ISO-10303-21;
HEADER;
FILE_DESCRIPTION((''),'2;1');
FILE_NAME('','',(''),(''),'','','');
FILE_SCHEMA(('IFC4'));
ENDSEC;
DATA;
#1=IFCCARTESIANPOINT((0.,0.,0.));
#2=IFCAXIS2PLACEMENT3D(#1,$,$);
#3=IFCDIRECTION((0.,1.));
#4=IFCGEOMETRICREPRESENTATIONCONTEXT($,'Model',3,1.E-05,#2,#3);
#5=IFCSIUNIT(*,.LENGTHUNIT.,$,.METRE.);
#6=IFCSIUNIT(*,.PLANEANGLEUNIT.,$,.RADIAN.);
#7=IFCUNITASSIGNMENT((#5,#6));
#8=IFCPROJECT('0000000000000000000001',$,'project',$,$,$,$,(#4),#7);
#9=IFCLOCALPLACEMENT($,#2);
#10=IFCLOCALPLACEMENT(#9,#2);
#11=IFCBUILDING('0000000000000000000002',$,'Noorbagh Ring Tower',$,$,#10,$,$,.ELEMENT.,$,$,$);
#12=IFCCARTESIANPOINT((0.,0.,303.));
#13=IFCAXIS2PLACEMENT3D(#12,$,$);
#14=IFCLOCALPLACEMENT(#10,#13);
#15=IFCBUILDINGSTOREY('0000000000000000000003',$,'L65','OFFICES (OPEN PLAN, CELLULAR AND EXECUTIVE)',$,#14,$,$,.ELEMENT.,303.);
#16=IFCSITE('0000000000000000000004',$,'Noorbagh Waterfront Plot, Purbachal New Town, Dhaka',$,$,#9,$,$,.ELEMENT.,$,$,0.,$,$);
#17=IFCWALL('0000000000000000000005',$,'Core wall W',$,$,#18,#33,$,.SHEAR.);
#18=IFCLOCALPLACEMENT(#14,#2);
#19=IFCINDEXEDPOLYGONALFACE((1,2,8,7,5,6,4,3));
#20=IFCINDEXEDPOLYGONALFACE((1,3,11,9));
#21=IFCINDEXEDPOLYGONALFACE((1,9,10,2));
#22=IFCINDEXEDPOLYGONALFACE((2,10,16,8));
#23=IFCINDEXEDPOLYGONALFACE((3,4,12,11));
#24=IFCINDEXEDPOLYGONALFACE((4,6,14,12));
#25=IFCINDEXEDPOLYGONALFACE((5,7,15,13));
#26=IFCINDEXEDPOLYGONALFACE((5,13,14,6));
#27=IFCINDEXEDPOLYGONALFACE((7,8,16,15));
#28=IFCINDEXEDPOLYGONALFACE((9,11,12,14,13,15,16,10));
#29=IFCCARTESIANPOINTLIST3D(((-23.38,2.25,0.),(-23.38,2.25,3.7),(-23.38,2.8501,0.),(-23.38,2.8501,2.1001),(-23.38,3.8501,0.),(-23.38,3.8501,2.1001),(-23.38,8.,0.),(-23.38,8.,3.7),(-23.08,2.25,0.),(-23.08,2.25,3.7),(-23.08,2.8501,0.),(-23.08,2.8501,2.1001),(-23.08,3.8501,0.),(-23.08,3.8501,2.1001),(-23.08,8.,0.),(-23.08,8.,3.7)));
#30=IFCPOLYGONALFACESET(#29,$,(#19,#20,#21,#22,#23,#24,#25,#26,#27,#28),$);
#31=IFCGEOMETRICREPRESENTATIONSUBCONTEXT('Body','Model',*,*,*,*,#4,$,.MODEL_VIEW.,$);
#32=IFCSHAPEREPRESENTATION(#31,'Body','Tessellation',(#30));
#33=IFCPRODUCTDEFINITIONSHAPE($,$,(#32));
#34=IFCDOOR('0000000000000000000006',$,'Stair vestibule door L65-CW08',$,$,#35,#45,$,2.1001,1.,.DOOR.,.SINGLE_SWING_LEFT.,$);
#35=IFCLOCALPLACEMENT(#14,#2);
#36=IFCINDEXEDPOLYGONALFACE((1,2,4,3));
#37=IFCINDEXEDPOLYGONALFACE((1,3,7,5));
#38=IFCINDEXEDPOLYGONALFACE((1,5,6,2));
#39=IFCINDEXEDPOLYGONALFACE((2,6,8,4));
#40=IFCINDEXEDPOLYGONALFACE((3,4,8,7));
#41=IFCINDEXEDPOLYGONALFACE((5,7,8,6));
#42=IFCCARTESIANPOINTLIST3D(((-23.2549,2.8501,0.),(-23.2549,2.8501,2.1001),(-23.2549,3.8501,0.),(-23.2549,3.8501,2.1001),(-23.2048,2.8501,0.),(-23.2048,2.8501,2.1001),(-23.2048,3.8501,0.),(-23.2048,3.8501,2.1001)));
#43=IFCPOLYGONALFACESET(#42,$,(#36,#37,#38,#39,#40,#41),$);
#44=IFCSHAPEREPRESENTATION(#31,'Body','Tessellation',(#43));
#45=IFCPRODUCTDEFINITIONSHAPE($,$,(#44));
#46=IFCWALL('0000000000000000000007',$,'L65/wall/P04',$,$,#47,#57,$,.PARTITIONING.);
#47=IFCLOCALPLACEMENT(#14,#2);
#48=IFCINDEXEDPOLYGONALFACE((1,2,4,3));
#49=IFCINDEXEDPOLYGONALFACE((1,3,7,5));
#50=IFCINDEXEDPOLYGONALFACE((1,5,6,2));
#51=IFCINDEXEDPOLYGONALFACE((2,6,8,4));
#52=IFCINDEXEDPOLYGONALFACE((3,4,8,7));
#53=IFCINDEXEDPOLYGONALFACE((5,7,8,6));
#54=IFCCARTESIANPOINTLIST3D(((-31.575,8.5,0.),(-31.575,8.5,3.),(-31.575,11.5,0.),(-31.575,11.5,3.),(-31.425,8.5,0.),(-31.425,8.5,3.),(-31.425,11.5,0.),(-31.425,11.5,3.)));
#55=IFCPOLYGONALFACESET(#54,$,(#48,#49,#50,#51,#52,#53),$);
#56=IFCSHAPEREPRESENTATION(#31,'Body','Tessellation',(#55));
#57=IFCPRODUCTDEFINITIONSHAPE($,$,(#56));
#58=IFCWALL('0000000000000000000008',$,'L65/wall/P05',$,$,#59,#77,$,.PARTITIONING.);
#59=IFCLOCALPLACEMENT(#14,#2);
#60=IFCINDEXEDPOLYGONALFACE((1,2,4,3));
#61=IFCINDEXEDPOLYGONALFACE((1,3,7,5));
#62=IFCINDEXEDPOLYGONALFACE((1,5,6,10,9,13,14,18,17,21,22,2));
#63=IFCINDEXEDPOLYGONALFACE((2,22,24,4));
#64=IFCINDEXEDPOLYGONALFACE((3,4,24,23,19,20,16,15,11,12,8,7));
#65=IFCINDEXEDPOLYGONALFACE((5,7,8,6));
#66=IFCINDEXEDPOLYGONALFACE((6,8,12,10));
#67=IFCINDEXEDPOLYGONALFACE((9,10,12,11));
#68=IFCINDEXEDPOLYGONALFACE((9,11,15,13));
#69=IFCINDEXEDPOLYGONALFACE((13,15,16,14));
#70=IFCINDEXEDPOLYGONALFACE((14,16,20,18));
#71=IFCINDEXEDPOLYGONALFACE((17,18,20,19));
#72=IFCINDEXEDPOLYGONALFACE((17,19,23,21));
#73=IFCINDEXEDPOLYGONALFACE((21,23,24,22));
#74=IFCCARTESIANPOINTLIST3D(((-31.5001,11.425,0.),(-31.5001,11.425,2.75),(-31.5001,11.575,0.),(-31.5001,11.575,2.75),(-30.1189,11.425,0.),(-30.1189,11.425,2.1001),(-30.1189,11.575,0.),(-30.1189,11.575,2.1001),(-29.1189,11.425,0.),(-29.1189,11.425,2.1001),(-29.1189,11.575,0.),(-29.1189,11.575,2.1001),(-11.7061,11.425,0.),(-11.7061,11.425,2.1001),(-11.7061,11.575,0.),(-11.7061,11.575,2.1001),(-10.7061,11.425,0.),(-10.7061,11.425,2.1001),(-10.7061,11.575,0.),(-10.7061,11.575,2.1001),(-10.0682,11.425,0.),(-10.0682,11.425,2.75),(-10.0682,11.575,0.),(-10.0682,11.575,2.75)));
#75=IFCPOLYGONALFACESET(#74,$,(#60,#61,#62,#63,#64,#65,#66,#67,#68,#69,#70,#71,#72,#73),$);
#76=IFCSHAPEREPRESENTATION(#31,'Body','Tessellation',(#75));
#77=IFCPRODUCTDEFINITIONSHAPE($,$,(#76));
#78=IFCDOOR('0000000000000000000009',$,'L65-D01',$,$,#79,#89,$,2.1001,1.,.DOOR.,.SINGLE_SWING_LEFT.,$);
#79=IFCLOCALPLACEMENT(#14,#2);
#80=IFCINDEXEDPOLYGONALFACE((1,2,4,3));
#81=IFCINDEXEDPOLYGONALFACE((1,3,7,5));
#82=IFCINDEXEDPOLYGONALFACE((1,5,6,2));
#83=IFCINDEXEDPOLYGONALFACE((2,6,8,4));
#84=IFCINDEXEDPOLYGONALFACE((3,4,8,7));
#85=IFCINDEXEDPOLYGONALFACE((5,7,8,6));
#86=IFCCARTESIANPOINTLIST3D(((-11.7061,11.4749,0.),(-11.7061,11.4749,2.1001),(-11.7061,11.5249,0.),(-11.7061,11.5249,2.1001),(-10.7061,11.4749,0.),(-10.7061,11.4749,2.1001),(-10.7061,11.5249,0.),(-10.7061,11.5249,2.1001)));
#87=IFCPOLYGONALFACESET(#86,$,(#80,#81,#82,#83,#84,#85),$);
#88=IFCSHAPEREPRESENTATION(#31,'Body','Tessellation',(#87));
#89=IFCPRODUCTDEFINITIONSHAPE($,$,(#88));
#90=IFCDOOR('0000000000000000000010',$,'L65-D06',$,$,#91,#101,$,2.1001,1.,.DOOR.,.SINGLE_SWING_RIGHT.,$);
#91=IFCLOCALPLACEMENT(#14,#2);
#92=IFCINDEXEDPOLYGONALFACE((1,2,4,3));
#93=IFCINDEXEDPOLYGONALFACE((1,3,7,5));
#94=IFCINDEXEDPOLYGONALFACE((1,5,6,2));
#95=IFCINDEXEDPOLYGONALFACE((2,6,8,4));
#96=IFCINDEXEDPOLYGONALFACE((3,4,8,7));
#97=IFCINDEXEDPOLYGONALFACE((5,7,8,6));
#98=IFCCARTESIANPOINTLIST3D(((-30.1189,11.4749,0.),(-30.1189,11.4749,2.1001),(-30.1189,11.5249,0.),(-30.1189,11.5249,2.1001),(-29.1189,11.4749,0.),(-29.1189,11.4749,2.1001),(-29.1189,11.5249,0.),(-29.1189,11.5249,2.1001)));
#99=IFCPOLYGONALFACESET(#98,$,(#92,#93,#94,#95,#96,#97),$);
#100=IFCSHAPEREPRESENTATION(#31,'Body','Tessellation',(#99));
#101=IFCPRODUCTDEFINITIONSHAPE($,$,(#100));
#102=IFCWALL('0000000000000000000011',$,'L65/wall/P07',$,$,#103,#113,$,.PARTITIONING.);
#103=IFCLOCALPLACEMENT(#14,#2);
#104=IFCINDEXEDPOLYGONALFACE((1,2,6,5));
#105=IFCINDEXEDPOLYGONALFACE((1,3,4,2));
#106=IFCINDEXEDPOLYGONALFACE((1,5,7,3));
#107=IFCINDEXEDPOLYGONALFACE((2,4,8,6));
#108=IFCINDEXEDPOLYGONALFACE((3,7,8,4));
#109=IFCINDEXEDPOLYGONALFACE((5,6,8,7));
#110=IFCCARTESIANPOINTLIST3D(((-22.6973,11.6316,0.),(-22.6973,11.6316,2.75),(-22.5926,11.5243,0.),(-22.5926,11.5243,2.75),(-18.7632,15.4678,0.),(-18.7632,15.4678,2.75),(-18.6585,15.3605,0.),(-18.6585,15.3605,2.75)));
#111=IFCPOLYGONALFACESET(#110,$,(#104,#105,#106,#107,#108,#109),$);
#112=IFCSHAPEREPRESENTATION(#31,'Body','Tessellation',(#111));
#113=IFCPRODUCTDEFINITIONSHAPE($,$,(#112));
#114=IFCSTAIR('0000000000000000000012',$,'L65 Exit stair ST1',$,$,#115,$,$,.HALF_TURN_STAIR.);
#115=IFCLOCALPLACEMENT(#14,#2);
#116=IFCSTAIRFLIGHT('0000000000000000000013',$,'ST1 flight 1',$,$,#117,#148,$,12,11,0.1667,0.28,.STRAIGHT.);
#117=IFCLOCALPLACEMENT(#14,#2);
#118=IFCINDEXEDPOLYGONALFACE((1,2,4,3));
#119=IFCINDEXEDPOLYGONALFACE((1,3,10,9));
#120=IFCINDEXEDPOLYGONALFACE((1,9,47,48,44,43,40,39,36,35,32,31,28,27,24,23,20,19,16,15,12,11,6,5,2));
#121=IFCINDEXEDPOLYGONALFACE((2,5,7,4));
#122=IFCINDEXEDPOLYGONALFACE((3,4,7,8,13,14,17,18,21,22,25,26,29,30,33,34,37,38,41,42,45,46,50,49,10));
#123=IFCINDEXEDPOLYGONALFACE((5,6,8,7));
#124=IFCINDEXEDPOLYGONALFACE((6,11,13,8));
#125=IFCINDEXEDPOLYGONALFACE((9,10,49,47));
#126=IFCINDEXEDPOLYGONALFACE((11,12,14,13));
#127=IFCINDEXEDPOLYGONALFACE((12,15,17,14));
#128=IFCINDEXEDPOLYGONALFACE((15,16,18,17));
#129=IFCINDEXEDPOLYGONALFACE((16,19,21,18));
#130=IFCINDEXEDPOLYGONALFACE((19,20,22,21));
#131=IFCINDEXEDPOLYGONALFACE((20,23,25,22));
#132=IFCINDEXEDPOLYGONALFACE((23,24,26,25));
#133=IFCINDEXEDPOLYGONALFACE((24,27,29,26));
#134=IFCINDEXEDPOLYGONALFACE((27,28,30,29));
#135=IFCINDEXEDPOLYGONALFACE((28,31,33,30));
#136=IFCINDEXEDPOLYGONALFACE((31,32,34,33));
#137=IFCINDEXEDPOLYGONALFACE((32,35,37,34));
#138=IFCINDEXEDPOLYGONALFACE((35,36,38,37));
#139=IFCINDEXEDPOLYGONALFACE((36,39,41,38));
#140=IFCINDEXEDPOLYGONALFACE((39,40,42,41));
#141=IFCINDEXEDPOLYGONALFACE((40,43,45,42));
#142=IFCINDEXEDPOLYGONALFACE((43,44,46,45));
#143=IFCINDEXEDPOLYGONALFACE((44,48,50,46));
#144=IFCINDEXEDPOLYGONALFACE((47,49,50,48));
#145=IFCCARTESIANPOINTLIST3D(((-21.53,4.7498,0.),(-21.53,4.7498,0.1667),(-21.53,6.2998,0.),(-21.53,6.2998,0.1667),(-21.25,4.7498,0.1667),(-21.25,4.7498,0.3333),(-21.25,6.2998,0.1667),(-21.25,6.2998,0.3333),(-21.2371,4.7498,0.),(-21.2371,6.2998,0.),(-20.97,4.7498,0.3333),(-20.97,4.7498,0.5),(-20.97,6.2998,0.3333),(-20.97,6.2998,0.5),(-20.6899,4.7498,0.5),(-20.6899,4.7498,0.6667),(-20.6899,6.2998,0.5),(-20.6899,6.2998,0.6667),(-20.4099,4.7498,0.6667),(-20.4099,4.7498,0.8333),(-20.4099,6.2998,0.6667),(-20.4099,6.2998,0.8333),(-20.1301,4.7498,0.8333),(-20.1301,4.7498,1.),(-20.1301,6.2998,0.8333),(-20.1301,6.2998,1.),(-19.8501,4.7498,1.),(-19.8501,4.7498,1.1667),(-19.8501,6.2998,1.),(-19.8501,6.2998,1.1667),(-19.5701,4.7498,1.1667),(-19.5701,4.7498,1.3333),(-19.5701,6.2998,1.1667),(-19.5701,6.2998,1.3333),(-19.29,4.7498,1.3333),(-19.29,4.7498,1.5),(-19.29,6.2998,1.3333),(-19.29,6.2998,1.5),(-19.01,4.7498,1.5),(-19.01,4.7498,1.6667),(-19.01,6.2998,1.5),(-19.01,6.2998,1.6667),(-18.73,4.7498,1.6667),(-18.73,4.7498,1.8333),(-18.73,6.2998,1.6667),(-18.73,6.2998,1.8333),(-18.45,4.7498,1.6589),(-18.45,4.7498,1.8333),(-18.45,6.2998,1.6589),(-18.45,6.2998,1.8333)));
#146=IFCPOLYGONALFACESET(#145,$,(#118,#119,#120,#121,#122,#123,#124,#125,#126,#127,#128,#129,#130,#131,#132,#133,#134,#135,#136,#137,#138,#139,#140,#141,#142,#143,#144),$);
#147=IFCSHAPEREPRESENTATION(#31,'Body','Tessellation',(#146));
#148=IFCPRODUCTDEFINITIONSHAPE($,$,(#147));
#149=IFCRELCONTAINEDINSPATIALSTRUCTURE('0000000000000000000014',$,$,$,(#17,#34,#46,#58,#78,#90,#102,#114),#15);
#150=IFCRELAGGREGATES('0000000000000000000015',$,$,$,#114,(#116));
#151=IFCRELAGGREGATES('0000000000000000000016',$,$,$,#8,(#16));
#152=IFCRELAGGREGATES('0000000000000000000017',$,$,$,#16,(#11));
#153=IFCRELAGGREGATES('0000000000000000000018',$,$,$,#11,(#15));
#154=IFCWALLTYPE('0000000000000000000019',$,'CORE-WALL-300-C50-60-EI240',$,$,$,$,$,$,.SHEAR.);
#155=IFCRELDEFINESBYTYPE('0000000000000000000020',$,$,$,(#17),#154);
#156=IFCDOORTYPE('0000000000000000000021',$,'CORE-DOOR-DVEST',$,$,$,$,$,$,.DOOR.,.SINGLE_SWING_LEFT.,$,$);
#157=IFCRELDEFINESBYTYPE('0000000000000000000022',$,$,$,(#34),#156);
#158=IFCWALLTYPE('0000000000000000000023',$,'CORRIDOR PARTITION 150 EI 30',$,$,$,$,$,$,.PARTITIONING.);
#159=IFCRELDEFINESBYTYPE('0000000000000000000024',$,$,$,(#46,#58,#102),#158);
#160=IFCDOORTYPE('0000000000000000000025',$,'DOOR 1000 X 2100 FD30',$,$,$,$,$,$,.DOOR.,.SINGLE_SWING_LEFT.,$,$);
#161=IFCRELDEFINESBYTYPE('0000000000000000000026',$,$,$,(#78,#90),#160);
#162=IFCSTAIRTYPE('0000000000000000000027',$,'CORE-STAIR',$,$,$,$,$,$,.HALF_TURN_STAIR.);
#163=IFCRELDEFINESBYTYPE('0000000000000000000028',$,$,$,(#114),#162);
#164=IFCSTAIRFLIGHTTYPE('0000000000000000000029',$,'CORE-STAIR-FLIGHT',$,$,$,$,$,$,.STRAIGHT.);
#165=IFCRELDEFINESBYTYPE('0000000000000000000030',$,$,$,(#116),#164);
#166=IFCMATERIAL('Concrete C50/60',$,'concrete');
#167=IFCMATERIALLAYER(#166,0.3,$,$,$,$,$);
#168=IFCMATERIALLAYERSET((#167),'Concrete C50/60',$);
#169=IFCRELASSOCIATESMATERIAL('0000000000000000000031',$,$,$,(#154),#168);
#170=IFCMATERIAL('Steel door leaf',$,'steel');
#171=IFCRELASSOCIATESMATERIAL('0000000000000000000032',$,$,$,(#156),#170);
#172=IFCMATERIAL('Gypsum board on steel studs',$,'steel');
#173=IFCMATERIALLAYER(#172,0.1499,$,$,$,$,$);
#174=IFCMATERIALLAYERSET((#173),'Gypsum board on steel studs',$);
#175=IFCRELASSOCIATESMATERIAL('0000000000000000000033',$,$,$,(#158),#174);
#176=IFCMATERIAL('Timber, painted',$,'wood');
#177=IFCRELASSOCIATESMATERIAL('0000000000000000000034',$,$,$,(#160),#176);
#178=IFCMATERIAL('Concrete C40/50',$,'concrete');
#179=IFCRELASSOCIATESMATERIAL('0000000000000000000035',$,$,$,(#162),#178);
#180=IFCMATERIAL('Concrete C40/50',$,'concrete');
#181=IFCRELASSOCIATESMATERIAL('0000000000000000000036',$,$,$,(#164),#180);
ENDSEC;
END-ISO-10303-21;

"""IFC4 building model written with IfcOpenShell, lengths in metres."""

from ifc_helpers import new_model, si_unit, direction, frame, frame_2d, origin, place, context, subcontext, project, spatial, polyline, rectangle, outline, extrude, material, layer, layer_set, type_object, element, fill, aggregate, save


model = new_model("IFC4")

# Units and contexts
model_context = context("Model", 3, precision=1e-05, world=origin(), true_north=direction((0.0, 1.0)))
body_context = subcontext(model_context, "Body", "Model", "MODEL_VIEW")
ifc_project = project(units=[si_unit("LENGTHUNIT", "METRE"), si_unit("PLANEANGLEUNIT", "RADIAN")], contexts=[model_context])

# Site, building, storey
site_placement = place(None, origin())
site = spatial("IfcSite", under=ifc_project, at=site_placement, Name="Noorbagh Waterfront Plot, Purbachal New Town, Dhaka", CompositionType="ELEMENT", RefElevation=0.0)
building_placement = place(site_placement, origin())
building = spatial("IfcBuilding", under=site, at=building_placement, Name="Noorbagh Ring Tower", CompositionType="ELEMENT")
storey_placement = place(building_placement, frame((0.0, 0.0, 303.0)))
storey = spatial("IfcBuildingStorey", under=building, at=storey_placement, Name="L65", Description="OFFICES (OPEN PLAN, CELLULAR AND EXECUTIVE)", CompositionType="ELEMENT", Elevation=303.0)

# Shared definitions
ifc_material_1 = material(Name="Concrete C50/60", Category="concrete")
ifc_layer_1 = layer(ifc_material_1, 0.3)
ifc_layer_set_1 = layer_set([ifc_layer_1], Name="Concrete C50/60")
wall_type_1 = type_object("IfcWallType", Name="CORE-WALL-300-C50-60-EI240", PredefinedType="SHEAR", material=ifc_layer_set_1)

# Wall, opening, door
wall_1_placement = place(storey_placement, frame((-23.23, 2.25, 0.0), z_axis=(0.0, 0.0, 1.0), x_axis=(0.0, 1.0, 0.0)))
wall_1 = element("IfcWall", 1, at=wall_1_placement, inside=storey, type_object=wall_type_1, Name="Core wall W", PredefinedType="SHEAR", context=body_context, shape_type="SweptSolid", body=[
    extrude(rectangle(XDim=5.75, YDim=0.3, at=frame_2d((2.875, 0.0))), origin(), (0.0, 0.0, 1.0), 3.7),
])
opening_1_placement = place(wall_1_placement, frame((0.6001, 0.0, 0.0)))
opening_1 = element("IfcOpeningElement", 2, at=opening_1_placement, cuts=wall_1, PredefinedType="OPENING", context=body_context, shape_type="SweptSolid", body=[
    extrude(rectangle(XDim=1.0, YDim=2.1001, at=frame_2d((0.5, 1.05))), frame((0.0, 0.1602, 0.0), z_axis=(0.0, -1.0, 0.0), x_axis=(1.0, 0.0, 0.0)), (0.0, 0.0, 1.0), 0.3201),
])
ifc_material_2 = material(Name="Steel door leaf", Category="steel")
door_type_1 = type_object("IfcDoorType", Name="CORE-DOOR-DVEST", OperationType="SINGLE_SWING_LEFT", PredefinedType="DOOR", material=ifc_material_2)
door_1_placement = place(opening_1_placement, origin())
door_1 = element("IfcDoor", 3, at=door_1_placement, inside=storey, type_object=door_type_1, Name="Stair vestibule door L65-CW08", OperationType="SINGLE_SWING_LEFT", OverallHeight=2.1001, OverallWidth=1.0, PredefinedType="DOOR", context=body_context, shape_type="SweptSolid", body=[
    extrude(rectangle(XDim=1.0, YDim=2.1001, at=frame_2d((0.5, 1.05))), frame((0.0, 0.0249, 0.0), z_axis=(0.0, -1.0, 0.0), x_axis=(1.0, 0.0, 0.0)), (0.0, 0.0, 1.0), 0.05),
])
fill(opening_1, door_1)

# Wall
ifc_material_3 = material(Name="Gypsum board on steel studs", Category="steel")
ifc_layer_2 = layer(ifc_material_3, 0.1499)
ifc_layer_set_2 = layer_set([ifc_layer_2], Name="Gypsum board on steel studs")
wall_type_2 = type_object("IfcWallType", Name="CORRIDOR PARTITION 150 EI 30", PredefinedType="PARTITIONING", material=ifc_layer_set_2)
wall_2_placement = place(storey_placement, frame((-31.5, 8.5, 0.0), z_axis=(0.0, 0.0, 1.0), x_axis=(0.0, 1.0, 0.0)))
element("IfcWall", 4, at=wall_2_placement, inside=storey, type_object=wall_type_2, Name="L65/wall/P04", PredefinedType="PARTITIONING", context=body_context, shape_type="SweptSolid", body=[
    extrude(rectangle(XDim=3.0, YDim=0.1499, at=frame_2d((1.5, 0.0))), origin(), (0.0, 0.0, 1.0), 3.0),
])

# Wall, openings, doors
wall_3_placement = place(storey_placement, frame((-31.5, 11.5, 0.0), z_axis=(0.0, 0.0, 1.0), x_axis=(1.0, 0.0, 0.0)))
wall_3 = element("IfcWall", 5, at=wall_3_placement, inside=storey, type_object=wall_type_2, Name="L65/wall/P05", PredefinedType="PARTITIONING", context=body_context, shape_type="SweptSolid", body=[
    extrude(rectangle(XDim=21.4319, YDim=0.1499, at=frame_2d((10.7158, 0.0))), origin(), (0.0, 0.0, 1.0), 2.75),
])
opening_2_placement = place(wall_3_placement, frame((19.7939, 0.0, 0.0)))
opening_2 = element("IfcOpeningElement", 6, at=opening_2_placement, cuts=wall_3, PredefinedType="OPENING", context=body_context, shape_type="SweptSolid", body=[
    extrude(rectangle(XDim=1.0, YDim=2.1001, at=frame_2d((0.5, 1.05))), frame((0.0, 0.085, 0.0), z_axis=(0.0, -1.0, 0.0), x_axis=(1.0, 0.0, 0.0)), (0.0, 0.0, 1.0), 0.1699),
])
opening_3_placement = place(wall_3_placement, frame((1.3811, 0.0, 0.0)))
opening_3 = element("IfcOpeningElement", 7, at=opening_3_placement, cuts=wall_3, PredefinedType="OPENING", context=body_context, shape_type="SweptSolid", body=[
    extrude(rectangle(XDim=1.0, YDim=2.1001, at=frame_2d((0.5, 1.05))), frame((0.0, 0.085, 0.0), z_axis=(0.0, -1.0, 0.0), x_axis=(1.0, 0.0, 0.0)), (0.0, 0.0, 1.0), 0.1699),
])
ifc_material_4 = material(Name="Timber, painted", Category="wood")
door_type_2 = type_object("IfcDoorType", Name="DOOR 1000 X 2100 FD30", OperationType="SINGLE_SWING_LEFT", PredefinedType="DOOR", material=ifc_material_4)
door_2_placement = place(opening_2_placement, origin())
door_2 = element("IfcDoor", 8, at=door_2_placement, inside=storey, type_object=door_type_2, Name="L65-D01", OperationType="SINGLE_SWING_LEFT", OverallHeight=2.1001, OverallWidth=1.0, PredefinedType="DOOR", context=body_context, shape_type="SweptSolid", body=[
    extrude(rectangle(XDim=1.0, YDim=2.1001, at=frame_2d((0.5, 1.05))), frame((0.0, 0.0249, 0.0), z_axis=(0.0, -1.0, 0.0), x_axis=(1.0, 0.0, 0.0)), (0.0, 0.0, 1.0), 0.05),
])
fill(opening_2, door_2)
door_3_placement = place(opening_3_placement, origin())
door_3 = element("IfcDoor", 9, at=door_3_placement, inside=storey, type_object=door_type_2, Name="L65-D06", OperationType="SINGLE_SWING_RIGHT", OverallHeight=2.1001, OverallWidth=1.0, PredefinedType="DOOR", context=body_context, shape_type="SweptSolid", body=[
    extrude(rectangle(XDim=1.0, YDim=2.1001, at=frame_2d((0.5, 1.05))), frame((0.0, 0.0249, 0.0), z_axis=(0.0, -1.0, 0.0), x_axis=(1.0, 0.0, 0.0)), (0.0, 0.0, 1.0), 0.05),
])
fill(opening_3, door_3)

# Wall
wall_4_placement = place(storey_placement, frame((-22.645, 11.5779, 0.0), z_axis=(0.0, 0.0, 1.0), x_axis=(0.715959, 0.698142, 0.0)))
element("IfcWall", 10, at=wall_4_placement, inside=storey, type_object=wall_type_2, Name="L65/wall/P07", PredefinedType="PARTITIONING", context=body_context, shape_type="SweptSolid", body=[
    extrude(rectangle(XDim=5.4949, YDim=0.1499, at=frame_2d((2.7476, 0.0))), origin(), (0.0, 0.0, 1.0), 2.75),
])

# Stair, stair flight
ifc_material_5 = material(Name="Concrete C40/50", Category="concrete")
stair_type = type_object("IfcStairType", Name="CORE-STAIR", PredefinedType="HALF_TURN_STAIR", material=ifc_material_5)
stair_placement = place(storey_placement, origin())
stair = element("IfcStair", 11, at=stair_placement, inside=storey, type_object=stair_type, Name="L65 Exit stair ST1", PredefinedType="HALF_TURN_STAIR")
ifc_material_6 = material(Name="Concrete C40/50", Category="concrete")
stair_flight_type = type_object("IfcStairFlightType", Name="CORE-STAIR-FLIGHT", PredefinedType="STRAIGHT", material=ifc_material_6)
stair_flight_placement = place(storey_placement, frame((-21.53, 5.5249, 0.0), z_axis=(0.0, 0.0, 1.0), x_axis=(1.0, 0.0, 0.0)))
stair_flight = element("IfcStairFlight", 12, at=stair_flight_placement, type_object=stair_flight_type, Name="ST1 flight 1", NumberOfRisers=12, NumberOfTreads=11, PredefinedType="STRAIGHT", RiserHeight=0.1667, TreadLength=0.28, context=body_context, shape_type="SweptSolid", body=[
    extrude(outline(polyline([(0.0, 0.0), (0.0, 0.1667), (0.28, 0.1667), (0.28, 0.3333), (0.5601, 0.3333), (0.5601, 0.5), (0.8401, 0.5), (0.8401, 0.6667), (1.1201, 0.6667), (1.1201, 0.8333), (1.3999, 0.8333), (1.3999, 1.0), (1.6799, 1.0), (1.6799, 1.1667), (1.96, 1.1667), (1.96, 1.3333), (2.24, 1.3333), (2.24, 1.5), (2.52, 1.5), (2.52, 1.6667), (2.8, 1.6667), (2.8, 1.8333), (3.0801, 1.8333), (3.0801, 2.0), (3.0801, 1.6589), (0.293, 0.0), (0.0, 0.0)])), frame((0.0, 0.7749, 0.0), z_axis=(0.0, -1.0, 0.0), x_axis=(1.0, 0.0, 0.0)), (0.0, 0.0, 1.0), 1.55),
])
aggregate(stair, [stair_flight])

save(model, "model.ifc")
